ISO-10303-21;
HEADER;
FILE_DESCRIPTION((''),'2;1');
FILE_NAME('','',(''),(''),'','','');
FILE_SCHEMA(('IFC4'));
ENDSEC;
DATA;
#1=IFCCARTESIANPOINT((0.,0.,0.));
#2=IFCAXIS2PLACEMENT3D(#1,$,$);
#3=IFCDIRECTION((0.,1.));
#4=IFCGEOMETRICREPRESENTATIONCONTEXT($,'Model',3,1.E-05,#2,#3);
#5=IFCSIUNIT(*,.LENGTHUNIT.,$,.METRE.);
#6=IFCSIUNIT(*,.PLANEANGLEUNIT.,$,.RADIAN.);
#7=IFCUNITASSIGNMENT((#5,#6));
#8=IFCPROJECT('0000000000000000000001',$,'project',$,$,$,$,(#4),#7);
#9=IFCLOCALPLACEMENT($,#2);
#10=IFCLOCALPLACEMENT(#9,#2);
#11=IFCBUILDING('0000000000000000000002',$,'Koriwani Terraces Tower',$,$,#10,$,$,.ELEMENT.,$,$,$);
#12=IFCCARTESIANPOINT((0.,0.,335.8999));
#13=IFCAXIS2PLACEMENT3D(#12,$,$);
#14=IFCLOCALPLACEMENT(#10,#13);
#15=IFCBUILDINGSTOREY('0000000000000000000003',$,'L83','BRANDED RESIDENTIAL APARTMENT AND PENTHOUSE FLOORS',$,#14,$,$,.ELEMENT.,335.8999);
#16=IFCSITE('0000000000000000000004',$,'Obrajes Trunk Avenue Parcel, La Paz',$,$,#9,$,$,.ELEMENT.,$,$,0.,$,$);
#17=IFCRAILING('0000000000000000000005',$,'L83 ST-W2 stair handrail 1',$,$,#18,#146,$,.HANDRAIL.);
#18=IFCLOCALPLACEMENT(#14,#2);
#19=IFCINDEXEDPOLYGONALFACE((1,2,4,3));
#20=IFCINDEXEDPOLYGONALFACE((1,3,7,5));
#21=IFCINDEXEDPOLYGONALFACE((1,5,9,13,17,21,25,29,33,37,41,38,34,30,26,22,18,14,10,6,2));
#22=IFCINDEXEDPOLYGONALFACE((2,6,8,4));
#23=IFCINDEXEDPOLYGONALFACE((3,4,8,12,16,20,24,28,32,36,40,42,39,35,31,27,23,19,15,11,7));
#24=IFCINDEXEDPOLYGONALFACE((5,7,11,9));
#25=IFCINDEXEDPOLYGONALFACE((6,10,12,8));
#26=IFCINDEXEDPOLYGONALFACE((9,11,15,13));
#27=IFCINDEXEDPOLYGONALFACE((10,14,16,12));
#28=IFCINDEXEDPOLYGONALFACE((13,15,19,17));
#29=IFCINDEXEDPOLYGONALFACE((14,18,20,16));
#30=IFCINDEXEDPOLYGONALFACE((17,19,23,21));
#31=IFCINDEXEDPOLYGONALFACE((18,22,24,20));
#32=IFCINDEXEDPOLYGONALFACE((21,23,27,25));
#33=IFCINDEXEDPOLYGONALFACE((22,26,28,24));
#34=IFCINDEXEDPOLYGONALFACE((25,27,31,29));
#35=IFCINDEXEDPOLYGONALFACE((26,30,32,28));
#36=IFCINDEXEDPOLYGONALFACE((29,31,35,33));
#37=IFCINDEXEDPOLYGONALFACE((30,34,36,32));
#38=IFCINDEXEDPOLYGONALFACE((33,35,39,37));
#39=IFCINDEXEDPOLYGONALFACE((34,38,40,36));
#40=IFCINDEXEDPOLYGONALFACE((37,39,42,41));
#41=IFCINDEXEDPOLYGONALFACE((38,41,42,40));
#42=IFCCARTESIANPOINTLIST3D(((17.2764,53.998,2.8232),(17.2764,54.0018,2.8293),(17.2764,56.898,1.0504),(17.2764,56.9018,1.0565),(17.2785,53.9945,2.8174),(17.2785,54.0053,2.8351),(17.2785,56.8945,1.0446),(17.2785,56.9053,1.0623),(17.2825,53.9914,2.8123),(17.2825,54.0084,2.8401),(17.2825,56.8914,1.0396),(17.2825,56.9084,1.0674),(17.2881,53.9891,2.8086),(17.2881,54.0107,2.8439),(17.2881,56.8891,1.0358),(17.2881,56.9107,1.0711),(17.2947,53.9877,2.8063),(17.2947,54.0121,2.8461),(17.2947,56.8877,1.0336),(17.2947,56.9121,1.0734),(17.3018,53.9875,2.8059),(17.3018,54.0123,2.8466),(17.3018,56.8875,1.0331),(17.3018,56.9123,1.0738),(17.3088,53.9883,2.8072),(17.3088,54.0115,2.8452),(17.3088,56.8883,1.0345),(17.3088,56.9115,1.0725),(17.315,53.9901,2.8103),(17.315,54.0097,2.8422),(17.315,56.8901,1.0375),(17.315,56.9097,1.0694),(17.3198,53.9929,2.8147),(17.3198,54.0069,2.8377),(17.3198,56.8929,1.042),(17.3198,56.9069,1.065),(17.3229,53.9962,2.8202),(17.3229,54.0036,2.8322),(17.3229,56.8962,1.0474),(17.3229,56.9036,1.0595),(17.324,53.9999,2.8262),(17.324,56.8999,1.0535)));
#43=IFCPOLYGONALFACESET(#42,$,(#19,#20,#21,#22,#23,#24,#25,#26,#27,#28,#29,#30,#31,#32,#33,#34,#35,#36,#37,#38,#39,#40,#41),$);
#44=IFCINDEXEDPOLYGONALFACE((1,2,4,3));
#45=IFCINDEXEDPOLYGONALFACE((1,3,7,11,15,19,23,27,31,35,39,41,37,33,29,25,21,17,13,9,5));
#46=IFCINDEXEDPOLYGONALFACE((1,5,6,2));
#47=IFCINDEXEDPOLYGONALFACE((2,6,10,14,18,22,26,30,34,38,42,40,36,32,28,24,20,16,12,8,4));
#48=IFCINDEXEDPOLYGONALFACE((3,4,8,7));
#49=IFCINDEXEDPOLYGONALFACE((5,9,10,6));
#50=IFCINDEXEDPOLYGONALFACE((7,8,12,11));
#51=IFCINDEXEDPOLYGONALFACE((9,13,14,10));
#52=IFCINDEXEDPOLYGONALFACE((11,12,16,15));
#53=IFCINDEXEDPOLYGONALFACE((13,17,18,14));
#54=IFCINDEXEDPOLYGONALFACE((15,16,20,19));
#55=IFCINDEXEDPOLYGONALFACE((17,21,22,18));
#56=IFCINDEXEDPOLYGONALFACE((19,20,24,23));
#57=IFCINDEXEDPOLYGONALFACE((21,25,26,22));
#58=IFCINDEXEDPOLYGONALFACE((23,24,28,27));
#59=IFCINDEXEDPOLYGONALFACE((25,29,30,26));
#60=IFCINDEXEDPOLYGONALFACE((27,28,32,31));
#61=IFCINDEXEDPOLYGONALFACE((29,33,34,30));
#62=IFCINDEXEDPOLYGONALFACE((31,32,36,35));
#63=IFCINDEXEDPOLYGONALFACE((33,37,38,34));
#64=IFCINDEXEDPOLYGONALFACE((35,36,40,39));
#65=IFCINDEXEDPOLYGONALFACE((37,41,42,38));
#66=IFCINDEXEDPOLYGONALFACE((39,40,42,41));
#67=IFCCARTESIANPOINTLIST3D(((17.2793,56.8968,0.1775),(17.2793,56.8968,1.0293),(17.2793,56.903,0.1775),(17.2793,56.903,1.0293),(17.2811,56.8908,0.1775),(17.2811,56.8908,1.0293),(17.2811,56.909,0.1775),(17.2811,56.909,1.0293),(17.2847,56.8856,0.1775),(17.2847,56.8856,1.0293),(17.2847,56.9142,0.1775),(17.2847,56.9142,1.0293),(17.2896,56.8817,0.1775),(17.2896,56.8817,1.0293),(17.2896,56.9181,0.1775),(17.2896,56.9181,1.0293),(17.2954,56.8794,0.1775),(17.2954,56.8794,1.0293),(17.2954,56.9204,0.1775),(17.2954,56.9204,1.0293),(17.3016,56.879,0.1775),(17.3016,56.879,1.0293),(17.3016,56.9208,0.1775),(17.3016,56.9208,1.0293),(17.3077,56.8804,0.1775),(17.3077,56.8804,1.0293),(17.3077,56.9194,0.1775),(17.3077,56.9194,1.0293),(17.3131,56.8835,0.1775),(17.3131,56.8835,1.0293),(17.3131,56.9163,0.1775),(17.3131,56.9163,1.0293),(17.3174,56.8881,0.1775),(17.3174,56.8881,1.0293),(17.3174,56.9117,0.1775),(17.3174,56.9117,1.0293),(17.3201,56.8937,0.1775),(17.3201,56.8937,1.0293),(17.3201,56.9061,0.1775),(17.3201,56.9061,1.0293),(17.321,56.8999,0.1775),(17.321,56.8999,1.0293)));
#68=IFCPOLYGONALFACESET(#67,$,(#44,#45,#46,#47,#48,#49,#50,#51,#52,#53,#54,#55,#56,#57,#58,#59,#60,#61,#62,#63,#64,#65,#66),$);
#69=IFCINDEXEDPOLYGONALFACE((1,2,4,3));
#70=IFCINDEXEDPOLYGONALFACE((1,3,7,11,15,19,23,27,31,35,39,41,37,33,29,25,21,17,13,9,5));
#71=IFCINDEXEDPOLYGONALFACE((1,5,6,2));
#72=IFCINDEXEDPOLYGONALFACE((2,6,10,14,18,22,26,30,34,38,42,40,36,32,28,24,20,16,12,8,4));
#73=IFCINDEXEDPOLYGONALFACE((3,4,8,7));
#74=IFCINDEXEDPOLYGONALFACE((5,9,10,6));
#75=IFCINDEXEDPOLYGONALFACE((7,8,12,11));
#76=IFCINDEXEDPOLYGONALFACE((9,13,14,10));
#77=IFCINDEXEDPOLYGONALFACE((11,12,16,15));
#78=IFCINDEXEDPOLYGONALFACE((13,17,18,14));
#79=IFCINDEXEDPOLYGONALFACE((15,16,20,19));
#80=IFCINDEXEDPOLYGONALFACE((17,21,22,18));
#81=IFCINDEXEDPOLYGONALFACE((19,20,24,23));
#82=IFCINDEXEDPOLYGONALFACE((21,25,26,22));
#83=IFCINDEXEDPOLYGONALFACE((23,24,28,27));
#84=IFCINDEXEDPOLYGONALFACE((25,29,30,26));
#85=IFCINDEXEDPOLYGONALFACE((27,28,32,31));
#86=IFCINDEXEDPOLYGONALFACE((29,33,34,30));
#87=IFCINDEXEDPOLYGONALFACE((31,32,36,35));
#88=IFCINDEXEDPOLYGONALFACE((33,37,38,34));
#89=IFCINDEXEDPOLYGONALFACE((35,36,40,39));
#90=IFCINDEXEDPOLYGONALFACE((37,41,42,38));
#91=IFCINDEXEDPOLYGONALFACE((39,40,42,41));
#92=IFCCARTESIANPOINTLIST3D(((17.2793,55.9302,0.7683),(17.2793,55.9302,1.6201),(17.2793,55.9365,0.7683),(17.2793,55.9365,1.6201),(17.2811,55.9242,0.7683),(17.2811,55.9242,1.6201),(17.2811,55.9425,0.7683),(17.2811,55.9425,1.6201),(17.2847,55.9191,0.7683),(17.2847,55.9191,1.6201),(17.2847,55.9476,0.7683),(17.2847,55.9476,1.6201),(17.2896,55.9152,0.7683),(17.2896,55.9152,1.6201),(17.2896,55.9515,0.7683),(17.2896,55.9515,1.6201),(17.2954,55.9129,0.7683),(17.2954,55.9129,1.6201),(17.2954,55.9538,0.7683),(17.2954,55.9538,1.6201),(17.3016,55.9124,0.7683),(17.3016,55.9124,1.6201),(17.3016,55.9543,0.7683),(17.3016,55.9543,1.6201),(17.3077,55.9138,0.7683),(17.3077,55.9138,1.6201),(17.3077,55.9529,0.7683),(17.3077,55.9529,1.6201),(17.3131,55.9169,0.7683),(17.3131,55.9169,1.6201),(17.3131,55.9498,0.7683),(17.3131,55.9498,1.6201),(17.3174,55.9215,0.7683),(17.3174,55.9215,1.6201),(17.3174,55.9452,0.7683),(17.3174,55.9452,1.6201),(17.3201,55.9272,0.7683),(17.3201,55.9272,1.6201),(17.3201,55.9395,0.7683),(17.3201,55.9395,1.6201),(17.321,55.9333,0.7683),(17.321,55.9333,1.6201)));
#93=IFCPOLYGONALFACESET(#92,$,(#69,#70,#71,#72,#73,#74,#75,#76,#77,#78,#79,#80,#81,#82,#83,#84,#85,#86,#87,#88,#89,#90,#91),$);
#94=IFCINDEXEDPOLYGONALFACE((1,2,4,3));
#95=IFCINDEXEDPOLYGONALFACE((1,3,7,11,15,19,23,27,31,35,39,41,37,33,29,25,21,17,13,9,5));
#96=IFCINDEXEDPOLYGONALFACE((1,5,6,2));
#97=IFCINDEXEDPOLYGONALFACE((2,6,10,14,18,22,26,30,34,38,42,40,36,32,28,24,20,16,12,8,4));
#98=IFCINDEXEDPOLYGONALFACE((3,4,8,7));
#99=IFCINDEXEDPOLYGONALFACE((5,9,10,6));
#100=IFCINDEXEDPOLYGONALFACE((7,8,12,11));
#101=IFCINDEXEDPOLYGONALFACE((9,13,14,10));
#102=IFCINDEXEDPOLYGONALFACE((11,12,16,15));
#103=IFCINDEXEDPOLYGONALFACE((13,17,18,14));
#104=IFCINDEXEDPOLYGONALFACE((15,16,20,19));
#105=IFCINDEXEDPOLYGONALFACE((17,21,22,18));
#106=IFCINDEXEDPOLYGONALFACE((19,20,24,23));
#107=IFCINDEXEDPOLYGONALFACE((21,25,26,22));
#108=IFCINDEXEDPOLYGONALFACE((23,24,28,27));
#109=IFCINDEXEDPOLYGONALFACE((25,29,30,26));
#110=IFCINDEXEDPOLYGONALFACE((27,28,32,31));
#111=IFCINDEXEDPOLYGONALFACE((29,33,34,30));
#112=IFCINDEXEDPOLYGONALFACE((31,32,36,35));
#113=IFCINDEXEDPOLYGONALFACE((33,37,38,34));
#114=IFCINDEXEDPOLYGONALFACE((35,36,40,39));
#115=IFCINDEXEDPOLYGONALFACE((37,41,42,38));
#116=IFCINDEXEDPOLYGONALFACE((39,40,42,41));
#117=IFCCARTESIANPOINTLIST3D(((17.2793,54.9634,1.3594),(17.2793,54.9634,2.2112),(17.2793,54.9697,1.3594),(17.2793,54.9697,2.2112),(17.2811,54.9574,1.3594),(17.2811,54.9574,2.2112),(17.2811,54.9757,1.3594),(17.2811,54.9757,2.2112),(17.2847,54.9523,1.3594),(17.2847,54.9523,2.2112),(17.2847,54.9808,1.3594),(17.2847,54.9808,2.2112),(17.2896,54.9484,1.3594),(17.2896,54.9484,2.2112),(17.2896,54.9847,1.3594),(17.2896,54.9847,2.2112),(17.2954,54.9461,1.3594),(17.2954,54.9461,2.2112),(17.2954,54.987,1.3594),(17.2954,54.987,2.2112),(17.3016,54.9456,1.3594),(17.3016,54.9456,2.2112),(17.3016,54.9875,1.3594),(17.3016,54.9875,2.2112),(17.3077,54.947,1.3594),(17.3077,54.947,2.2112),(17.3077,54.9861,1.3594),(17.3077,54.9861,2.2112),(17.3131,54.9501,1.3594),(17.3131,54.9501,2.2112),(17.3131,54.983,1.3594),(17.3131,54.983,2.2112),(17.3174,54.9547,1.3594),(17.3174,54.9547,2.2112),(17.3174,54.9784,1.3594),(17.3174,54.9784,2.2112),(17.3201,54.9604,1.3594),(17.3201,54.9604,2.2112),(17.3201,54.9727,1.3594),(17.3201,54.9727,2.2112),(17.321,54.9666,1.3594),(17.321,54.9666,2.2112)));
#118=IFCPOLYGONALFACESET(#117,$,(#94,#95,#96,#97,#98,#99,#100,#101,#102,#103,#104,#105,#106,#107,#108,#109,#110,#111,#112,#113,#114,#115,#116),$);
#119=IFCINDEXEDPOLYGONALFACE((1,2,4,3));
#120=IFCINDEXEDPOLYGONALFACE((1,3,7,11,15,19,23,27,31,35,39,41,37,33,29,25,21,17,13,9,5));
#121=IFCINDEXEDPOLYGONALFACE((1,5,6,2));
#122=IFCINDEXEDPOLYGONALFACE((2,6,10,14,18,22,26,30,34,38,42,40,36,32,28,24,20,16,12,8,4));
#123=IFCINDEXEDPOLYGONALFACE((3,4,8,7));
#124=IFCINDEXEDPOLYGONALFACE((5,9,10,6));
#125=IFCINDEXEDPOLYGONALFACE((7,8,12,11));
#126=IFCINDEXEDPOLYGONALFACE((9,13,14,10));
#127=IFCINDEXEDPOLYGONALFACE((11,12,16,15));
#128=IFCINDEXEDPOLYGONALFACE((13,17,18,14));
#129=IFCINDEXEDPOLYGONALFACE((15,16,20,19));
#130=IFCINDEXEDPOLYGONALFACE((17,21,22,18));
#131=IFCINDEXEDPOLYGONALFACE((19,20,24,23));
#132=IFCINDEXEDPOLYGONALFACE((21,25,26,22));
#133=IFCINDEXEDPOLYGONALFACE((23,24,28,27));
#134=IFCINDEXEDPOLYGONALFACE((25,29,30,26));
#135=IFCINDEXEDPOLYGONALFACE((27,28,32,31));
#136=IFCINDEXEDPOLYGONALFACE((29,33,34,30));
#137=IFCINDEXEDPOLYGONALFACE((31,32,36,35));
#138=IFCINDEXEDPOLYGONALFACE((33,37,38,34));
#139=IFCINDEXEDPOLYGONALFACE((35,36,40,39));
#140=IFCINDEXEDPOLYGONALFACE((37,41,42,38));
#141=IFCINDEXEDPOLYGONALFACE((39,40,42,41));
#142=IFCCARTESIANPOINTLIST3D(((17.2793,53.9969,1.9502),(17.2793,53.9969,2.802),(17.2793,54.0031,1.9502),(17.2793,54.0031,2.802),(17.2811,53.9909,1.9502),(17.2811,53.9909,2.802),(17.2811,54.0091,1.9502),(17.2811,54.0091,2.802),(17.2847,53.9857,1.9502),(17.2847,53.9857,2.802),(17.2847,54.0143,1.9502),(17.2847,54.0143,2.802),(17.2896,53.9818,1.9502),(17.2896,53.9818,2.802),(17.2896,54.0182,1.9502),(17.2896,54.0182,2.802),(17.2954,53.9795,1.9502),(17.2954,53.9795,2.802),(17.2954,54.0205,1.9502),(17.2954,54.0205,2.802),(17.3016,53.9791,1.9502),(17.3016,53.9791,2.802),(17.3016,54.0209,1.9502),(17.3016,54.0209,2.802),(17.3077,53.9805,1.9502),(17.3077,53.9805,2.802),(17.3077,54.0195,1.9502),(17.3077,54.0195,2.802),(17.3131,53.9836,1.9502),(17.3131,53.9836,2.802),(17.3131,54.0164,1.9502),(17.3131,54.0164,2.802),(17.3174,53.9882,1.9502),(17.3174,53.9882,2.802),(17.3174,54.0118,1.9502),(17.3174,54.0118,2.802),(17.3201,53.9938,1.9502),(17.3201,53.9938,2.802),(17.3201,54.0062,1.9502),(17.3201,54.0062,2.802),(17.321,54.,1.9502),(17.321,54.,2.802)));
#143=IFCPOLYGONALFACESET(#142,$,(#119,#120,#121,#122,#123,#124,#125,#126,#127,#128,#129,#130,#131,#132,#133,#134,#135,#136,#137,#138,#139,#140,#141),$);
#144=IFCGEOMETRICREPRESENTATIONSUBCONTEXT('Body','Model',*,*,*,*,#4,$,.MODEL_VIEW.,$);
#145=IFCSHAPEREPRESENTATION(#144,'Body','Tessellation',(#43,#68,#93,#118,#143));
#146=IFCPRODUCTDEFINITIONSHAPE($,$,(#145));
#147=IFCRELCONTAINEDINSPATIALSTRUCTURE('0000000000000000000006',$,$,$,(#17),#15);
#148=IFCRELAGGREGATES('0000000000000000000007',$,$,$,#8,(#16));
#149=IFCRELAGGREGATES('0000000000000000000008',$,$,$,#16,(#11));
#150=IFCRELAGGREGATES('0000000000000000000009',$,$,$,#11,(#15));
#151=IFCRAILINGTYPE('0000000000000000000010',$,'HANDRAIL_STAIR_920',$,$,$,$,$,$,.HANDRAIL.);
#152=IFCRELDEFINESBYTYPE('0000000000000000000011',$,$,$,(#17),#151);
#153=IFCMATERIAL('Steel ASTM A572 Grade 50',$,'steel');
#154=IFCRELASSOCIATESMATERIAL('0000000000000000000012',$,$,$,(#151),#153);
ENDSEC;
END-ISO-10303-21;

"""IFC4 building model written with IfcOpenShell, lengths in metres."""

from ifc_helpers import new_model, si_unit, direction, frame, origin, origin_2d, place, context, subcontext, project, spatial, circle, extrude, material, type_object, element, save


model = new_model("IFC4")

# Units and contexts
model_context = context("Model", 3, precision=1e-05, world=origin(), true_north=direction((0.0, 1.0)))
body_context = subcontext(model_context, "Body", "Model", "MODEL_VIEW")
ifc_project = project(units=[si_unit("LENGTHUNIT", "METRE"), si_unit("PLANEANGLEUNIT", "RADIAN")], contexts=[model_context])

# Site, building, storey
site_placement = place(None, origin())
site = spatial("IfcSite", under=ifc_project, at=site_placement, Name="Obrajes Trunk Avenue Parcel, La Paz", CompositionType="ELEMENT", RefElevation=0.0)
building_placement = place(site_placement, origin())
building = spatial("IfcBuilding", under=site, at=building_placement, Name="Koriwani Terraces Tower", CompositionType="ELEMENT")
storey_placement = place(building_placement, frame((0.0, 0.0, 335.8999)))
storey = spatial("IfcBuildingStorey", under=building, at=storey_placement, Name="L83", Description="BRANDED RESIDENTIAL APARTMENT AND PENTHOUSE FLOORS", CompositionType="ELEMENT", Elevation=335.8999)

# Shared definitions
ifc_material_1 = material(Name="Steel ASTM A572 Grade 50", Category="steel")

# Railing
railing_type_1 = type_object("IfcRailingType", Name="HANDRAIL_STAIR_920", PredefinedType="HANDRAIL", material=ifc_material_1)
railing_1_placement = place(storey_placement, frame((17.3, 56.8999, 0.1775)))
element("IfcRailing", 1, at=railing_1_placement, inside=storey, type_object=railing_type_1, Name="L83 ST-W2 stair handrail 1", PredefinedType="HANDRAIL", context=body_context, shape_type="SweptSolid", body=[
    extrude(circle(Radius=0.0239, at=origin_2d()), frame((0.0, 0.0, 0.876), z_axis=(0.0, -0.853211, 0.521566), x_axis=(1.0, 0.0, 0.0)), (0.0, 0.0, 1.0), 3.3989),
    extrude(circle(Radius=0.021, at=origin_2d()), origin(), (0.0, 0.0, 1.0), 0.8518),
    extrude(circle(Radius=0.021, at=origin_2d()), frame((0.0, -0.9666, 0.5908)), (0.0, 0.0, 1.0), 0.8518),
    extrude(circle(Radius=0.021, at=origin_2d()), frame((0.0, -1.9333, 1.1819)), (0.0, 0.0, 1.0), 0.8518),
    extrude(circle(Radius=0.021, at=origin_2d()), frame((0.0, -2.8999, 1.7727)), (0.0, 0.0, 1.0), 0.8518),
])

save(model, "model.ifc")
